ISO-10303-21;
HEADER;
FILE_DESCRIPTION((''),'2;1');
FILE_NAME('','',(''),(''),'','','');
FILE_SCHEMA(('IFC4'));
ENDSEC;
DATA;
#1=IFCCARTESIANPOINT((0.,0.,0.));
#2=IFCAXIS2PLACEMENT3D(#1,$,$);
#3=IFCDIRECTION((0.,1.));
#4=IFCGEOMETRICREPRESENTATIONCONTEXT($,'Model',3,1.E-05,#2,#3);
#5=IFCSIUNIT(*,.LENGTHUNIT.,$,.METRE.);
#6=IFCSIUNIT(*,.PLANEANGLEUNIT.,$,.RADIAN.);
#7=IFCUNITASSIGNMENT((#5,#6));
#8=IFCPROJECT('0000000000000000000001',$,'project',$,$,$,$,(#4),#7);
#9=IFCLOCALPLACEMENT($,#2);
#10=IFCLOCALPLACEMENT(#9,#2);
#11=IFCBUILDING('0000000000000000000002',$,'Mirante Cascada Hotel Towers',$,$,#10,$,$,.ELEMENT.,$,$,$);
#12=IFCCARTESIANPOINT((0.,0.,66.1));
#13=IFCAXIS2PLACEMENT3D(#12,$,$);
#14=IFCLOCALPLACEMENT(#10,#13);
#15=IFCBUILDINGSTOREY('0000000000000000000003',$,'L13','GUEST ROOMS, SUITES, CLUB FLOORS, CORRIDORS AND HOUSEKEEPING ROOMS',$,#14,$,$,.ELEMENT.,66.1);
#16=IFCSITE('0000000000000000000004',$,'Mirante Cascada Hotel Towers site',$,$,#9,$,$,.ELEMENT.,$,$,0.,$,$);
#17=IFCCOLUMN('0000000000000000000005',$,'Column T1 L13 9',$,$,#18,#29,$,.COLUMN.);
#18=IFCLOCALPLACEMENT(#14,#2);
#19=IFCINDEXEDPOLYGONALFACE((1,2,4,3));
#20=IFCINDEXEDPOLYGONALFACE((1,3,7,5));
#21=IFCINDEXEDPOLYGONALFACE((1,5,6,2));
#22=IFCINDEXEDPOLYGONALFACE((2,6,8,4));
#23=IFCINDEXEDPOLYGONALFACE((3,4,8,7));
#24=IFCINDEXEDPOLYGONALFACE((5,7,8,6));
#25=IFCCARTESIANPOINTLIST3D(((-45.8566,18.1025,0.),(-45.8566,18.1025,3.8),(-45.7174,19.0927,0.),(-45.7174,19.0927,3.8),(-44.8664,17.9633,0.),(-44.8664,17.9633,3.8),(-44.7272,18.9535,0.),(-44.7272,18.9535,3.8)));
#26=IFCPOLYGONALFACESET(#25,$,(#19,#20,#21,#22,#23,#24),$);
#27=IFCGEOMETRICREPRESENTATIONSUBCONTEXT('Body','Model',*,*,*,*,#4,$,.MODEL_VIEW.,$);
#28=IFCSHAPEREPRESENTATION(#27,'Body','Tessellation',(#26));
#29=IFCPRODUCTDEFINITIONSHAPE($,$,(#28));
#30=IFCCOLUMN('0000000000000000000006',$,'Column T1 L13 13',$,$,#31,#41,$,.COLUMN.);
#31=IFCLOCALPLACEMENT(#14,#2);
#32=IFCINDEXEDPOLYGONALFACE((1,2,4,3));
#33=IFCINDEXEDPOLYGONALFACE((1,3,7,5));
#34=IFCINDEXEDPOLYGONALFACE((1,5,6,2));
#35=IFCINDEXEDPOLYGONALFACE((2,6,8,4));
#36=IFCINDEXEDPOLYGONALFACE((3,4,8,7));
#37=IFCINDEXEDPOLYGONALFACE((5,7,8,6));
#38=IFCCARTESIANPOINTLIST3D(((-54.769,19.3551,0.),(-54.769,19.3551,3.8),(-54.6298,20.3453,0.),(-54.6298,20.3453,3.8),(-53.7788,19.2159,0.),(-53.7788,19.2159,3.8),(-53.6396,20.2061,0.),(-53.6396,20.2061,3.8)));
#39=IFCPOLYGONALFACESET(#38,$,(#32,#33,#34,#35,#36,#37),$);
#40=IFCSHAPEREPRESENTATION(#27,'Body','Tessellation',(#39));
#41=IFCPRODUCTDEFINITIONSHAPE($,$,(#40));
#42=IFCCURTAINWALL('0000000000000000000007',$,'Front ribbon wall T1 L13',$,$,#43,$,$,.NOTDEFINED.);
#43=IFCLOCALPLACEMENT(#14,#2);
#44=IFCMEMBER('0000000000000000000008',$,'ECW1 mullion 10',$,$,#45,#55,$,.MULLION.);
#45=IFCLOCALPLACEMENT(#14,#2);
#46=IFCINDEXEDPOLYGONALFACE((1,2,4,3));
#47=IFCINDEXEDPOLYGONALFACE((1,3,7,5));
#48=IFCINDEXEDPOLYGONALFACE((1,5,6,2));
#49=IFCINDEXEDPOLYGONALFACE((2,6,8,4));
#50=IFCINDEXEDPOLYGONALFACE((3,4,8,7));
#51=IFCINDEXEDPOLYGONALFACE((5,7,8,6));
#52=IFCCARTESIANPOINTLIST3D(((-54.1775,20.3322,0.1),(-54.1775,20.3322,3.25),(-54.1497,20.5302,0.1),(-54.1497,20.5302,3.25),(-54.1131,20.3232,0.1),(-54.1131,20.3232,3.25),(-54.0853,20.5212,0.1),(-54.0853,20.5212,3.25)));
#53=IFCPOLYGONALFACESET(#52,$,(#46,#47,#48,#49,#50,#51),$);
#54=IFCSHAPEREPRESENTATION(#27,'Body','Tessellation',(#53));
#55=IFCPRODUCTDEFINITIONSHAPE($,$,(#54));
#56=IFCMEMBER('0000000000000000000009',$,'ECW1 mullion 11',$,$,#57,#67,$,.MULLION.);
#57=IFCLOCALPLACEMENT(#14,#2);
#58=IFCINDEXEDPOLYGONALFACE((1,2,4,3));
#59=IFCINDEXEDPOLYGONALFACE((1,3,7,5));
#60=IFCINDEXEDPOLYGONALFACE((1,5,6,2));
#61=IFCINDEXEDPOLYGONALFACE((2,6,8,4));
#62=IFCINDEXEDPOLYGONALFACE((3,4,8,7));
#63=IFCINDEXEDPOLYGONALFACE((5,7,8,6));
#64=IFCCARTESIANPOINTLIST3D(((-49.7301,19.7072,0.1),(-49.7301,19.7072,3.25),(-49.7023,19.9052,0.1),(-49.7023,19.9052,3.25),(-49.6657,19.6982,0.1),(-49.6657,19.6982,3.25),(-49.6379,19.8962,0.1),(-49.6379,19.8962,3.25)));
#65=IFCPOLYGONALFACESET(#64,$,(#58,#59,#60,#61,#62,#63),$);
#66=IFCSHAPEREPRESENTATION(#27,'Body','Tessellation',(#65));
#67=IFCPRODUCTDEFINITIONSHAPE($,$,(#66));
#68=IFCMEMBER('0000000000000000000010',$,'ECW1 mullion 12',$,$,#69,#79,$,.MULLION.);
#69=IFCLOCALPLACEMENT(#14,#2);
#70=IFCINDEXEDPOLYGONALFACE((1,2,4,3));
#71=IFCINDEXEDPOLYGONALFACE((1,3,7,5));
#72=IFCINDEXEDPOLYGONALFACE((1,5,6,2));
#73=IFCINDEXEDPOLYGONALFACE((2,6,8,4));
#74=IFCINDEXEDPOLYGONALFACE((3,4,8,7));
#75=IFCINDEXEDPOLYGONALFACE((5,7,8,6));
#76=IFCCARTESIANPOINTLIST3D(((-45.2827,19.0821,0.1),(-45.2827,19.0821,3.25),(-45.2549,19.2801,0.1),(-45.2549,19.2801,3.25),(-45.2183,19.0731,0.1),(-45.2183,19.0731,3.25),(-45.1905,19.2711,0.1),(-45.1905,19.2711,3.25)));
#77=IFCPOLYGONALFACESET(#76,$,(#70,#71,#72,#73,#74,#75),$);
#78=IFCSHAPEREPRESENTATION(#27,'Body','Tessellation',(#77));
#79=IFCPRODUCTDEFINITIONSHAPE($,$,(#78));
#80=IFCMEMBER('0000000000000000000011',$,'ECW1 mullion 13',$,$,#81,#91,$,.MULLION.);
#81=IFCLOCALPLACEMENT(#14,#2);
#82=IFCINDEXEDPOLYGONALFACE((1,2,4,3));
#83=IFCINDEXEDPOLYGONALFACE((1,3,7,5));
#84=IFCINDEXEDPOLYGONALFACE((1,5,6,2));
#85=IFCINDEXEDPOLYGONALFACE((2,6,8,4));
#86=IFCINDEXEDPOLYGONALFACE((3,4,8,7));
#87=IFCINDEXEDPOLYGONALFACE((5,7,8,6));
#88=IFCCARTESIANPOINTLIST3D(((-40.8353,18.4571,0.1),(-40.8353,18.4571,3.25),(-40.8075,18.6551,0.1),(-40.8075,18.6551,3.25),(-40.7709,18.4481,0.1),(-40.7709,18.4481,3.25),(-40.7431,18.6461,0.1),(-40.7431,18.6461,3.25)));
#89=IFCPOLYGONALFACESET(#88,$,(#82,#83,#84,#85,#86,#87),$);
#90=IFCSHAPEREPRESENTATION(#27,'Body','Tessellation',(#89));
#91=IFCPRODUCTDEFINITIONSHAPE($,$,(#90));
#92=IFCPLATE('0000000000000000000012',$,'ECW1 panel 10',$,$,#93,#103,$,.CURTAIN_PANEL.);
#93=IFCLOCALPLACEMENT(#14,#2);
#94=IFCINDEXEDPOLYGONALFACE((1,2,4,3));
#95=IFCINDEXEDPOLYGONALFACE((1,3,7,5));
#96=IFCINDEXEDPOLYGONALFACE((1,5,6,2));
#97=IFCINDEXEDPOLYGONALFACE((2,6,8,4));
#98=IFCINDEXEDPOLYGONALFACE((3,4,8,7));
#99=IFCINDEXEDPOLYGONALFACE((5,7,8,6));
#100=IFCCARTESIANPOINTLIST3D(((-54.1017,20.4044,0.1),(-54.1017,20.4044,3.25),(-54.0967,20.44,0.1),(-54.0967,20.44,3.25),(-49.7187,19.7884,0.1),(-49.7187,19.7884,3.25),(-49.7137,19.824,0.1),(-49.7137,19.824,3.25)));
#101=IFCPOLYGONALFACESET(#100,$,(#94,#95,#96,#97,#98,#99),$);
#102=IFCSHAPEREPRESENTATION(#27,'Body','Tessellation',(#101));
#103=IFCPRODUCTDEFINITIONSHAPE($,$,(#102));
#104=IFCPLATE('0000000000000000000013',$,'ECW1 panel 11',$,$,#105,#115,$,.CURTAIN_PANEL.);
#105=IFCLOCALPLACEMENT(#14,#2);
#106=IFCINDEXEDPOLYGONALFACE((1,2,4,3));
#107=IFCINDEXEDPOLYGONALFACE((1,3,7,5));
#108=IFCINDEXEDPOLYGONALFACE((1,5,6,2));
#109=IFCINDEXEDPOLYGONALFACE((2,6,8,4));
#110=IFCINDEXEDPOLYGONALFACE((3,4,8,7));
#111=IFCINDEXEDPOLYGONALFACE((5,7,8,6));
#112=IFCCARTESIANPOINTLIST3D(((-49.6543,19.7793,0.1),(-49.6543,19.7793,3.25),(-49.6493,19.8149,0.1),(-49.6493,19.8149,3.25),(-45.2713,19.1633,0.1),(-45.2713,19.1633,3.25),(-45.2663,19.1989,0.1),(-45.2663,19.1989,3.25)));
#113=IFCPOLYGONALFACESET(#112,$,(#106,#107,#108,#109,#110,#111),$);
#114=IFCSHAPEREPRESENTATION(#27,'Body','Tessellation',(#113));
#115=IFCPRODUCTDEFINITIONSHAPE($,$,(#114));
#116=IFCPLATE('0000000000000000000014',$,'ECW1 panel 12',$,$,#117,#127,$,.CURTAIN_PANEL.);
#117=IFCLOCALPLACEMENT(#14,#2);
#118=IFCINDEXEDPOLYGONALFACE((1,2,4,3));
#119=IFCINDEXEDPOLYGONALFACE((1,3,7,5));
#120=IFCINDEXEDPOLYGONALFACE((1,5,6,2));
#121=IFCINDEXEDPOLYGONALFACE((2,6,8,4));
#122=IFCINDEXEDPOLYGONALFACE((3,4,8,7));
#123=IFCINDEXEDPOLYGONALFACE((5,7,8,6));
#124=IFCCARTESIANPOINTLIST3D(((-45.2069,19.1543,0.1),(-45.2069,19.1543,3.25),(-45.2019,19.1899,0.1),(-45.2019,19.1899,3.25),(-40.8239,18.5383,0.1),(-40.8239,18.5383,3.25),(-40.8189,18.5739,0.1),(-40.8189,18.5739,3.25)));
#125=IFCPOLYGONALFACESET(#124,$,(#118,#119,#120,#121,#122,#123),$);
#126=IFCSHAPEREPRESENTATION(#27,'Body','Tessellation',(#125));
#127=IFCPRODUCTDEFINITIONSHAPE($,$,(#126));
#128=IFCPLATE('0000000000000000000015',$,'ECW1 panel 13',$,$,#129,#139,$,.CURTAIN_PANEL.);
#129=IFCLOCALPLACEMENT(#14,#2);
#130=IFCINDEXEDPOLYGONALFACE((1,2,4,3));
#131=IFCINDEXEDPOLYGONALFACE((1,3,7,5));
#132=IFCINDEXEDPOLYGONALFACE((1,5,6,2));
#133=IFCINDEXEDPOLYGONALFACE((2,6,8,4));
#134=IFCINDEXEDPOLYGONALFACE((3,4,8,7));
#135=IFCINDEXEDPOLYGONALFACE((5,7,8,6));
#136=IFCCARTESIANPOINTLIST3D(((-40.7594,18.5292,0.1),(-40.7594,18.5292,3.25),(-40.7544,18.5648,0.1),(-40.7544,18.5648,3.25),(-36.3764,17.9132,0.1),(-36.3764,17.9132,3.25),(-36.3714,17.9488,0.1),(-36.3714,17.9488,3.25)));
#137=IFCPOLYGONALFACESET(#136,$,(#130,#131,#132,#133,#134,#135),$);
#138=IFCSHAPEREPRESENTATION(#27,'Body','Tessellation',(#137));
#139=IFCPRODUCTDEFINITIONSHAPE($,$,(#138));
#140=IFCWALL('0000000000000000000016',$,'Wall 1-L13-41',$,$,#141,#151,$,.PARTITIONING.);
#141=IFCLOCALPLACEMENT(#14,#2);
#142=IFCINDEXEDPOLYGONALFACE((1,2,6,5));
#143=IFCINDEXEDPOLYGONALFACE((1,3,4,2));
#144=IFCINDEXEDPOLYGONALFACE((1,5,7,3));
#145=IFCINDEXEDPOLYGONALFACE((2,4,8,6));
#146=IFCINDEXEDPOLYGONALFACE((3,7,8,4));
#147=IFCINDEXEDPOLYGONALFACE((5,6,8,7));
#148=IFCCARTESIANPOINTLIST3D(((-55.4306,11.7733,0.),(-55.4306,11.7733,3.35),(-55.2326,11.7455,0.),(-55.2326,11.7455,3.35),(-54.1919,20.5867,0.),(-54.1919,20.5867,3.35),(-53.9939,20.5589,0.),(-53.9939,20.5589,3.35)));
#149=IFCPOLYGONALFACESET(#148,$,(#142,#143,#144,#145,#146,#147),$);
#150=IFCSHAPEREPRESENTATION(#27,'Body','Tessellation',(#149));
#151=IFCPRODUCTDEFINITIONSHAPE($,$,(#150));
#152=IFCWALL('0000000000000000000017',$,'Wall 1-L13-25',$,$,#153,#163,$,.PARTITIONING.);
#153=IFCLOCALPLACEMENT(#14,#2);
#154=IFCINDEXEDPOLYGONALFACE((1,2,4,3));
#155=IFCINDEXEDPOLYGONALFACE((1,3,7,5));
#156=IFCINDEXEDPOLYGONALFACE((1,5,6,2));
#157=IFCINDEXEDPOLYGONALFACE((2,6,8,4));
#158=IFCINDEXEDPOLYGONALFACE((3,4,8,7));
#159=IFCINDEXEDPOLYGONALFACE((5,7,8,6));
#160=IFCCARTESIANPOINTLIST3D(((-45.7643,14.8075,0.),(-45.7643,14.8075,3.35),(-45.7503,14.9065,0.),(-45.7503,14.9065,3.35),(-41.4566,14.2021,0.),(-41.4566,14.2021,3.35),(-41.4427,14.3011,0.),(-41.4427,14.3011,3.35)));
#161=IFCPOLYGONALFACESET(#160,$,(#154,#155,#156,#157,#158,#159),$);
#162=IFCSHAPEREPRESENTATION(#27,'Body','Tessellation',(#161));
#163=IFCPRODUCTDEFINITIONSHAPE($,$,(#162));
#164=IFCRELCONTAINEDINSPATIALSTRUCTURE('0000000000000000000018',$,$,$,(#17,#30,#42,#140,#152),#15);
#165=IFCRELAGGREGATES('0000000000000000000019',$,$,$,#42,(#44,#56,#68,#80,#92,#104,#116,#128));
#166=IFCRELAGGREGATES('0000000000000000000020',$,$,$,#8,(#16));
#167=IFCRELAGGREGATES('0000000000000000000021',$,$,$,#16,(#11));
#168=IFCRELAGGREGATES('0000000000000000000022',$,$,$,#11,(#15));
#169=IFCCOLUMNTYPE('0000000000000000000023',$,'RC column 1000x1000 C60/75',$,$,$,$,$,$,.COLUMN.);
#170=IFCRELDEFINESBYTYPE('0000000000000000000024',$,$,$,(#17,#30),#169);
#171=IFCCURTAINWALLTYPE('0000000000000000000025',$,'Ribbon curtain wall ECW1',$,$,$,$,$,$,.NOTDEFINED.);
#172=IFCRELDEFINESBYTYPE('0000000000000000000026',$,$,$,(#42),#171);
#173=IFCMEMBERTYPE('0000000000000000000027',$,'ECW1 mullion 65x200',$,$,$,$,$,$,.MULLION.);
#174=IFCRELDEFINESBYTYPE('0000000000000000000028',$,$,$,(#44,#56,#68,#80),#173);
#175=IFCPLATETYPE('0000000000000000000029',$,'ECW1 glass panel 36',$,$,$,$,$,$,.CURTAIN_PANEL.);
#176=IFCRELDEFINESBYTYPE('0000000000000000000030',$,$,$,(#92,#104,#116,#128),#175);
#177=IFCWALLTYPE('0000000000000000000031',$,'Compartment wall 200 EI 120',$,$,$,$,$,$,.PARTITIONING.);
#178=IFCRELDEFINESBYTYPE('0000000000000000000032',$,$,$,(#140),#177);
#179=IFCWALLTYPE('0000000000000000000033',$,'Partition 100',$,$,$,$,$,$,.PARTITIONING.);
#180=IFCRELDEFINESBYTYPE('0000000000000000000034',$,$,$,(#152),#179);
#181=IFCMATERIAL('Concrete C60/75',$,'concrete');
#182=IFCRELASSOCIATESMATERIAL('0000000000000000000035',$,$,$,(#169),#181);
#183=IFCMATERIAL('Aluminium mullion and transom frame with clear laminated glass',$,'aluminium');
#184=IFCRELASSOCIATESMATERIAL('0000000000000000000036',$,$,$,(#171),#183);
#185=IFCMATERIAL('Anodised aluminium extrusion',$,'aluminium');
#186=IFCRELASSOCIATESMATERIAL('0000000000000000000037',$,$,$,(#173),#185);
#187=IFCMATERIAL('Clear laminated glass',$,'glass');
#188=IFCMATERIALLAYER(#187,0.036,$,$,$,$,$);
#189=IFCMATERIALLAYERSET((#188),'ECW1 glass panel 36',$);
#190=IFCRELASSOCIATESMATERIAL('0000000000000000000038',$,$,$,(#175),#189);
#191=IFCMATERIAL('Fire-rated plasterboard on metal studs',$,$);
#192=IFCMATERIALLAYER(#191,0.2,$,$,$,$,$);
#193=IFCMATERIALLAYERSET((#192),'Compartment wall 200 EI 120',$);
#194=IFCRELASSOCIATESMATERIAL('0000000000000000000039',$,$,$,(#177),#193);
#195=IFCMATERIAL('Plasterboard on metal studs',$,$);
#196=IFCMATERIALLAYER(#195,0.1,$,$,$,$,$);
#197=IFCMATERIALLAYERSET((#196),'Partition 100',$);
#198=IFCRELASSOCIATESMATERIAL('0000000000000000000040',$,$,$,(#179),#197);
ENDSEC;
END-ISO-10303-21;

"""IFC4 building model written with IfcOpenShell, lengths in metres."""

from ifc_helpers import new_model, si_unit, direction, frame, frame_2d, origin, origin_2d, place, context, subcontext, project, spatial, rectangle, extrude, material, layer, layer_set, material_profile, profile_set, type_object, element, aggregate, save


model = new_model("IFC4")

# Units and contexts
model_context = context("Model", 3, precision=1e-05, world=origin(), true_north=direction((0.0, 1.0)))
body_context = subcontext(model_context, "Body", "Model", "MODEL_VIEW")
ifc_project = project(units=[si_unit("LENGTHUNIT", "METRE"), si_unit("PLANEANGLEUNIT", "RADIAN")], contexts=[model_context])

# Site, building, storey
site_placement = place(None, origin())
site = spatial("IfcSite", under=ifc_project, at=site_placement, Name="Mirante Cascada Hotel Towers site", CompositionType="ELEMENT", RefElevation=0.0)
building_placement = place(site_placement, origin())
building = spatial("IfcBuilding", under=site, at=building_placement, Name="Mirante Cascada Hotel Towers", CompositionType="ELEMENT")
storey_placement = place(building_placement, frame((0.0, 0.0, 66.1)))
storey = spatial("IfcBuildingStorey", under=building, at=storey_placement, Name="L13", Description="GUEST ROOMS, SUITES, CLUB FLOORS, CORRIDORS AND HOUSEKEEPING ROOMS", CompositionType="ELEMENT", Elevation=66.1)

# Columns
ifc_material_1 = material(Name="Concrete C60/75", Category="concrete")
ifc_material_profile_1 = material_profile(ifc_material_1, rectangle(XDim=1.0, YDim=1.0, at=origin_2d()), Name="RC column 1000x1000 C60/75")
ifc_profile_set_1 = profile_set([ifc_material_profile_1], Name="Concrete C60/75")
column_type = type_object("IfcColumnType", Name="RC column 1000x1000 C60/75", PredefinedType="COLUMN", material=ifc_profile_set_1)
for number, where, z_axis, x_axis, name in (
    (1, (-45.2919, 18.528, 0.0), (0.0, 0.0, 1.0), (-0.990268, 0.139173, 0.0), "Column T1 L13 9"),
    (2, (-54.2043, 19.7806, 0.0), (0.0, 0.0, 1.0), (-0.990268, 0.139173, 0.0), "Column T1 L13 13"),
):
    element("IfcColumn", number, at=place(storey_placement, frame(where, z_axis=z_axis, x_axis=x_axis)), inside=storey, type_object=column_type, Name=name, PredefinedType="COLUMN", context=body_context, shape_type="SweptSolid", body=[
        extrude(rectangle(XDim=1.0, YDim=1.0, at=origin_2d()), origin(), (0.0, 0.0, 1.0), 3.8),
    ])

# Curtain wall, members, plates
ifc_material_2 = material(Name="Aluminium mullion and transom frame with clear laminated glass", Category="aluminium")
curtain_wall_type = type_object("IfcCurtainWallType", Name="Ribbon curtain wall ECW1", PredefinedType="NOTDEFINED", material=ifc_material_2)
curtain_wall_placement = place(storey_placement, origin())
curtain_wall = element("IfcCurtainWall", 3, at=curtain_wall_placement, inside=storey, type_object=curtain_wall_type, Name="Front ribbon wall T1 L13", PredefinedType="NOTDEFINED")
ifc_material_3 = material(Name="Anodised aluminium extrusion", Category="aluminium")
ifc_material_profile_2 = material_profile(ifc_material_3, rectangle(XDim=0.2, YDim=0.065, at=origin_2d()), Name="ECW1 MULLION 65x200")
ifc_profile_set_2 = profile_set([ifc_material_profile_2], Name="Anodised aluminium extrusion")
member_type = type_object("IfcMemberType", Name="ECW1 mullion 65x200", PredefinedType="MULLION", material=ifc_profile_set_2)
member_1_placement = place(storey_placement, frame((-54.1314, 20.4267, 0.1), z_axis=(0.0, 0.0, 1.0), x_axis=(0.139173, 0.990268, 0.0)))
member_1 = element("IfcMember", 4, at=member_1_placement, type_object=member_type, Name="ECW1 mullion 10", PredefinedType="MULLION", context=body_context, shape_type="SweptSolid", body=[
    extrude(rectangle(XDim=0.2, YDim=0.065, at=origin_2d()), origin(), (0.0, 0.0, 1.0), 3.15),
])
member_2_placement = place(storey_placement, frame((-49.684, 19.8017, 0.1), z_axis=(0.0, 0.0, 1.0), x_axis=(0.139173, 0.990268, 0.0)))
member_2 = element("IfcMember", 5, at=member_2_placement, type_object=member_type, Name="ECW1 mullion 11", PredefinedType="MULLION", context=body_context, shape_type="SweptSolid", body=[
    extrude(rectangle(XDim=0.2, YDim=0.065, at=origin_2d()), origin(), (0.0, 0.0, 1.0), 3.15),
])
member_3_placement = place(storey_placement, frame((-45.2366, 19.1766, 0.1), z_axis=(0.0, 0.0, 1.0), x_axis=(0.139173, 0.990268, 0.0)))
member_3 = element("IfcMember", 6, at=member_3_placement, type_object=member_type, Name="ECW1 mullion 12", PredefinedType="MULLION", context=body_context, shape_type="SweptSolid", body=[
    extrude(rectangle(XDim=0.2, YDim=0.065, at=origin_2d()), origin(), (0.0, 0.0, 1.0), 3.15),
])
member_4_placement = place(storey_placement, frame((-40.7892, 18.5516, 0.1), z_axis=(0.0, 0.0, 1.0), x_axis=(0.139173, 0.990268, 0.0)))
member_4 = element("IfcMember", 7, at=member_4_placement, type_object=member_type, Name="ECW1 mullion 13", PredefinedType="MULLION", context=body_context, shape_type="SweptSolid", body=[
    extrude(rectangle(XDim=0.2, YDim=0.065, at=origin_2d()), origin(), (0.0, 0.0, 1.0), 3.15),
])
ifc_material_4 = material(Name="Clear laminated glass", Category="glass")
ifc_layer_1 = layer(ifc_material_4, 0.036)
ifc_layer_set_1 = layer_set([ifc_layer_1], Name="ECW1 glass panel 36")
plate_type = type_object("IfcPlateType", Name="ECW1 glass panel 36", PredefinedType="CURTAIN_PANEL", material=ifc_layer_set_1)
plate_1_placement = place(storey_placement, frame((-51.9077, 20.1142, 0.1), z_axis=(0.0, 0.0, 1.0), x_axis=(0.990268, -0.139173, 0.0)))
plate_1 = element("IfcPlate", 8, at=plate_1_placement, type_object=plate_type, Name="ECW1 panel 10", PredefinedType="CURTAIN_PANEL", context=body_context, shape_type="SweptSolid", body=[
    extrude(rectangle(XDim=4.4261, YDim=0.036, at=origin_2d()), origin(), (0.0, 0.0, 1.0), 3.15),
])
plate_2_placement = place(storey_placement, frame((-47.4603, 19.4891, 0.1), z_axis=(0.0, 0.0, 1.0), x_axis=(0.990268, -0.139173, 0.0)))
plate_2 = element("IfcPlate", 9, at=plate_2_placement, type_object=plate_type, Name="ECW1 panel 11", PredefinedType="CURTAIN_PANEL", context=body_context, shape_type="SweptSolid", body=[
    extrude(rectangle(XDim=4.4261, YDim=0.036, at=origin_2d()), origin(), (0.0, 0.0, 1.0), 3.15),
])
plate_3_placement = place(storey_placement, frame((-43.0129, 18.8641, 0.1), z_axis=(0.0, 0.0, 1.0), x_axis=(0.990268, -0.139173, 0.0)))
plate_3 = element("IfcPlate", 10, at=plate_3_placement, type_object=plate_type, Name="ECW1 panel 12", PredefinedType="CURTAIN_PANEL", context=body_context, shape_type="SweptSolid", body=[
    extrude(rectangle(XDim=4.4261, YDim=0.036, at=origin_2d()), origin(), (0.0, 0.0, 1.0), 3.15),
])
plate_4_placement = place(storey_placement, frame((-38.5654, 18.239, 0.1), z_axis=(0.0, 0.0, 1.0), x_axis=(0.990268, -0.139173, 0.0)))
plate_4 = element("IfcPlate", 11, at=plate_4_placement, type_object=plate_type, Name="ECW1 panel 13", PredefinedType="CURTAIN_PANEL", context=body_context, shape_type="SweptSolid", body=[
    extrude(rectangle(XDim=4.4261, YDim=0.036, at=origin_2d()), origin(), (0.0, 0.0, 1.0), 3.15),
])
aggregate(curtain_wall, [member_1, member_2, member_3, member_4, plate_1, plate_2, plate_3, plate_4])

# Walls
ifc_material_5 = material(Name="Fire-rated plasterboard on metal studs")
ifc_layer_2 = layer(ifc_material_5, 0.2)
ifc_layer_set_2 = layer_set([ifc_layer_2], Name="Compartment wall 200 EI 120")
wall_type_1 = type_object("IfcWallType", Name="Compartment wall 200 EI 120", PredefinedType="PARTITIONING", material=ifc_layer_set_2)
wall_1_placement = place(storey_placement, frame((-54.0929, 20.5728, 0.0), z_axis=(0.0, 0.0, 1.0), x_axis=(-0.139179, -0.990267, 0.0)))
element("IfcWall", 12, at=wall_1_placement, inside=storey, type_object=wall_type_1, Name="Wall 1-L13-41", PredefinedType="PARTITIONING", context=body_context, shape_type="SweptSolid", body=[
    extrude(rectangle(XDim=8.9, YDim=0.2, at=frame_2d((4.45, 0.0))), origin(), (0.0, 0.0, 1.0), 3.35),
])
ifc_material_6 = material(Name="Plasterboard on metal studs")
ifc_layer_3 = layer(ifc_material_6, 0.1)
ifc_layer_set_3 = layer_set([ifc_layer_3], Name="Partition 100")
wall_type_2 = type_object("IfcWallType", Name="Partition 100", PredefinedType="PARTITIONING", material=ifc_layer_set_3)
wall_2_placement = place(storey_placement, frame((-45.7573, 14.857, 0.0), z_axis=(0.0, 0.0, 1.0), x_axis=(0.990268, -0.139171, 0.0)))
element("IfcWall", 13, at=wall_2_placement, inside=storey, type_object=wall_type_2, Name="Wall 1-L13-25", PredefinedType="PARTITIONING", context=body_context, shape_type="SweptSolid", body=[
    extrude(rectangle(XDim=4.35, YDim=0.1, at=frame_2d((2.175, 0.0))), origin(), (0.0, 0.0, 1.0), 3.35),
])

save(model, "model.ifc")
